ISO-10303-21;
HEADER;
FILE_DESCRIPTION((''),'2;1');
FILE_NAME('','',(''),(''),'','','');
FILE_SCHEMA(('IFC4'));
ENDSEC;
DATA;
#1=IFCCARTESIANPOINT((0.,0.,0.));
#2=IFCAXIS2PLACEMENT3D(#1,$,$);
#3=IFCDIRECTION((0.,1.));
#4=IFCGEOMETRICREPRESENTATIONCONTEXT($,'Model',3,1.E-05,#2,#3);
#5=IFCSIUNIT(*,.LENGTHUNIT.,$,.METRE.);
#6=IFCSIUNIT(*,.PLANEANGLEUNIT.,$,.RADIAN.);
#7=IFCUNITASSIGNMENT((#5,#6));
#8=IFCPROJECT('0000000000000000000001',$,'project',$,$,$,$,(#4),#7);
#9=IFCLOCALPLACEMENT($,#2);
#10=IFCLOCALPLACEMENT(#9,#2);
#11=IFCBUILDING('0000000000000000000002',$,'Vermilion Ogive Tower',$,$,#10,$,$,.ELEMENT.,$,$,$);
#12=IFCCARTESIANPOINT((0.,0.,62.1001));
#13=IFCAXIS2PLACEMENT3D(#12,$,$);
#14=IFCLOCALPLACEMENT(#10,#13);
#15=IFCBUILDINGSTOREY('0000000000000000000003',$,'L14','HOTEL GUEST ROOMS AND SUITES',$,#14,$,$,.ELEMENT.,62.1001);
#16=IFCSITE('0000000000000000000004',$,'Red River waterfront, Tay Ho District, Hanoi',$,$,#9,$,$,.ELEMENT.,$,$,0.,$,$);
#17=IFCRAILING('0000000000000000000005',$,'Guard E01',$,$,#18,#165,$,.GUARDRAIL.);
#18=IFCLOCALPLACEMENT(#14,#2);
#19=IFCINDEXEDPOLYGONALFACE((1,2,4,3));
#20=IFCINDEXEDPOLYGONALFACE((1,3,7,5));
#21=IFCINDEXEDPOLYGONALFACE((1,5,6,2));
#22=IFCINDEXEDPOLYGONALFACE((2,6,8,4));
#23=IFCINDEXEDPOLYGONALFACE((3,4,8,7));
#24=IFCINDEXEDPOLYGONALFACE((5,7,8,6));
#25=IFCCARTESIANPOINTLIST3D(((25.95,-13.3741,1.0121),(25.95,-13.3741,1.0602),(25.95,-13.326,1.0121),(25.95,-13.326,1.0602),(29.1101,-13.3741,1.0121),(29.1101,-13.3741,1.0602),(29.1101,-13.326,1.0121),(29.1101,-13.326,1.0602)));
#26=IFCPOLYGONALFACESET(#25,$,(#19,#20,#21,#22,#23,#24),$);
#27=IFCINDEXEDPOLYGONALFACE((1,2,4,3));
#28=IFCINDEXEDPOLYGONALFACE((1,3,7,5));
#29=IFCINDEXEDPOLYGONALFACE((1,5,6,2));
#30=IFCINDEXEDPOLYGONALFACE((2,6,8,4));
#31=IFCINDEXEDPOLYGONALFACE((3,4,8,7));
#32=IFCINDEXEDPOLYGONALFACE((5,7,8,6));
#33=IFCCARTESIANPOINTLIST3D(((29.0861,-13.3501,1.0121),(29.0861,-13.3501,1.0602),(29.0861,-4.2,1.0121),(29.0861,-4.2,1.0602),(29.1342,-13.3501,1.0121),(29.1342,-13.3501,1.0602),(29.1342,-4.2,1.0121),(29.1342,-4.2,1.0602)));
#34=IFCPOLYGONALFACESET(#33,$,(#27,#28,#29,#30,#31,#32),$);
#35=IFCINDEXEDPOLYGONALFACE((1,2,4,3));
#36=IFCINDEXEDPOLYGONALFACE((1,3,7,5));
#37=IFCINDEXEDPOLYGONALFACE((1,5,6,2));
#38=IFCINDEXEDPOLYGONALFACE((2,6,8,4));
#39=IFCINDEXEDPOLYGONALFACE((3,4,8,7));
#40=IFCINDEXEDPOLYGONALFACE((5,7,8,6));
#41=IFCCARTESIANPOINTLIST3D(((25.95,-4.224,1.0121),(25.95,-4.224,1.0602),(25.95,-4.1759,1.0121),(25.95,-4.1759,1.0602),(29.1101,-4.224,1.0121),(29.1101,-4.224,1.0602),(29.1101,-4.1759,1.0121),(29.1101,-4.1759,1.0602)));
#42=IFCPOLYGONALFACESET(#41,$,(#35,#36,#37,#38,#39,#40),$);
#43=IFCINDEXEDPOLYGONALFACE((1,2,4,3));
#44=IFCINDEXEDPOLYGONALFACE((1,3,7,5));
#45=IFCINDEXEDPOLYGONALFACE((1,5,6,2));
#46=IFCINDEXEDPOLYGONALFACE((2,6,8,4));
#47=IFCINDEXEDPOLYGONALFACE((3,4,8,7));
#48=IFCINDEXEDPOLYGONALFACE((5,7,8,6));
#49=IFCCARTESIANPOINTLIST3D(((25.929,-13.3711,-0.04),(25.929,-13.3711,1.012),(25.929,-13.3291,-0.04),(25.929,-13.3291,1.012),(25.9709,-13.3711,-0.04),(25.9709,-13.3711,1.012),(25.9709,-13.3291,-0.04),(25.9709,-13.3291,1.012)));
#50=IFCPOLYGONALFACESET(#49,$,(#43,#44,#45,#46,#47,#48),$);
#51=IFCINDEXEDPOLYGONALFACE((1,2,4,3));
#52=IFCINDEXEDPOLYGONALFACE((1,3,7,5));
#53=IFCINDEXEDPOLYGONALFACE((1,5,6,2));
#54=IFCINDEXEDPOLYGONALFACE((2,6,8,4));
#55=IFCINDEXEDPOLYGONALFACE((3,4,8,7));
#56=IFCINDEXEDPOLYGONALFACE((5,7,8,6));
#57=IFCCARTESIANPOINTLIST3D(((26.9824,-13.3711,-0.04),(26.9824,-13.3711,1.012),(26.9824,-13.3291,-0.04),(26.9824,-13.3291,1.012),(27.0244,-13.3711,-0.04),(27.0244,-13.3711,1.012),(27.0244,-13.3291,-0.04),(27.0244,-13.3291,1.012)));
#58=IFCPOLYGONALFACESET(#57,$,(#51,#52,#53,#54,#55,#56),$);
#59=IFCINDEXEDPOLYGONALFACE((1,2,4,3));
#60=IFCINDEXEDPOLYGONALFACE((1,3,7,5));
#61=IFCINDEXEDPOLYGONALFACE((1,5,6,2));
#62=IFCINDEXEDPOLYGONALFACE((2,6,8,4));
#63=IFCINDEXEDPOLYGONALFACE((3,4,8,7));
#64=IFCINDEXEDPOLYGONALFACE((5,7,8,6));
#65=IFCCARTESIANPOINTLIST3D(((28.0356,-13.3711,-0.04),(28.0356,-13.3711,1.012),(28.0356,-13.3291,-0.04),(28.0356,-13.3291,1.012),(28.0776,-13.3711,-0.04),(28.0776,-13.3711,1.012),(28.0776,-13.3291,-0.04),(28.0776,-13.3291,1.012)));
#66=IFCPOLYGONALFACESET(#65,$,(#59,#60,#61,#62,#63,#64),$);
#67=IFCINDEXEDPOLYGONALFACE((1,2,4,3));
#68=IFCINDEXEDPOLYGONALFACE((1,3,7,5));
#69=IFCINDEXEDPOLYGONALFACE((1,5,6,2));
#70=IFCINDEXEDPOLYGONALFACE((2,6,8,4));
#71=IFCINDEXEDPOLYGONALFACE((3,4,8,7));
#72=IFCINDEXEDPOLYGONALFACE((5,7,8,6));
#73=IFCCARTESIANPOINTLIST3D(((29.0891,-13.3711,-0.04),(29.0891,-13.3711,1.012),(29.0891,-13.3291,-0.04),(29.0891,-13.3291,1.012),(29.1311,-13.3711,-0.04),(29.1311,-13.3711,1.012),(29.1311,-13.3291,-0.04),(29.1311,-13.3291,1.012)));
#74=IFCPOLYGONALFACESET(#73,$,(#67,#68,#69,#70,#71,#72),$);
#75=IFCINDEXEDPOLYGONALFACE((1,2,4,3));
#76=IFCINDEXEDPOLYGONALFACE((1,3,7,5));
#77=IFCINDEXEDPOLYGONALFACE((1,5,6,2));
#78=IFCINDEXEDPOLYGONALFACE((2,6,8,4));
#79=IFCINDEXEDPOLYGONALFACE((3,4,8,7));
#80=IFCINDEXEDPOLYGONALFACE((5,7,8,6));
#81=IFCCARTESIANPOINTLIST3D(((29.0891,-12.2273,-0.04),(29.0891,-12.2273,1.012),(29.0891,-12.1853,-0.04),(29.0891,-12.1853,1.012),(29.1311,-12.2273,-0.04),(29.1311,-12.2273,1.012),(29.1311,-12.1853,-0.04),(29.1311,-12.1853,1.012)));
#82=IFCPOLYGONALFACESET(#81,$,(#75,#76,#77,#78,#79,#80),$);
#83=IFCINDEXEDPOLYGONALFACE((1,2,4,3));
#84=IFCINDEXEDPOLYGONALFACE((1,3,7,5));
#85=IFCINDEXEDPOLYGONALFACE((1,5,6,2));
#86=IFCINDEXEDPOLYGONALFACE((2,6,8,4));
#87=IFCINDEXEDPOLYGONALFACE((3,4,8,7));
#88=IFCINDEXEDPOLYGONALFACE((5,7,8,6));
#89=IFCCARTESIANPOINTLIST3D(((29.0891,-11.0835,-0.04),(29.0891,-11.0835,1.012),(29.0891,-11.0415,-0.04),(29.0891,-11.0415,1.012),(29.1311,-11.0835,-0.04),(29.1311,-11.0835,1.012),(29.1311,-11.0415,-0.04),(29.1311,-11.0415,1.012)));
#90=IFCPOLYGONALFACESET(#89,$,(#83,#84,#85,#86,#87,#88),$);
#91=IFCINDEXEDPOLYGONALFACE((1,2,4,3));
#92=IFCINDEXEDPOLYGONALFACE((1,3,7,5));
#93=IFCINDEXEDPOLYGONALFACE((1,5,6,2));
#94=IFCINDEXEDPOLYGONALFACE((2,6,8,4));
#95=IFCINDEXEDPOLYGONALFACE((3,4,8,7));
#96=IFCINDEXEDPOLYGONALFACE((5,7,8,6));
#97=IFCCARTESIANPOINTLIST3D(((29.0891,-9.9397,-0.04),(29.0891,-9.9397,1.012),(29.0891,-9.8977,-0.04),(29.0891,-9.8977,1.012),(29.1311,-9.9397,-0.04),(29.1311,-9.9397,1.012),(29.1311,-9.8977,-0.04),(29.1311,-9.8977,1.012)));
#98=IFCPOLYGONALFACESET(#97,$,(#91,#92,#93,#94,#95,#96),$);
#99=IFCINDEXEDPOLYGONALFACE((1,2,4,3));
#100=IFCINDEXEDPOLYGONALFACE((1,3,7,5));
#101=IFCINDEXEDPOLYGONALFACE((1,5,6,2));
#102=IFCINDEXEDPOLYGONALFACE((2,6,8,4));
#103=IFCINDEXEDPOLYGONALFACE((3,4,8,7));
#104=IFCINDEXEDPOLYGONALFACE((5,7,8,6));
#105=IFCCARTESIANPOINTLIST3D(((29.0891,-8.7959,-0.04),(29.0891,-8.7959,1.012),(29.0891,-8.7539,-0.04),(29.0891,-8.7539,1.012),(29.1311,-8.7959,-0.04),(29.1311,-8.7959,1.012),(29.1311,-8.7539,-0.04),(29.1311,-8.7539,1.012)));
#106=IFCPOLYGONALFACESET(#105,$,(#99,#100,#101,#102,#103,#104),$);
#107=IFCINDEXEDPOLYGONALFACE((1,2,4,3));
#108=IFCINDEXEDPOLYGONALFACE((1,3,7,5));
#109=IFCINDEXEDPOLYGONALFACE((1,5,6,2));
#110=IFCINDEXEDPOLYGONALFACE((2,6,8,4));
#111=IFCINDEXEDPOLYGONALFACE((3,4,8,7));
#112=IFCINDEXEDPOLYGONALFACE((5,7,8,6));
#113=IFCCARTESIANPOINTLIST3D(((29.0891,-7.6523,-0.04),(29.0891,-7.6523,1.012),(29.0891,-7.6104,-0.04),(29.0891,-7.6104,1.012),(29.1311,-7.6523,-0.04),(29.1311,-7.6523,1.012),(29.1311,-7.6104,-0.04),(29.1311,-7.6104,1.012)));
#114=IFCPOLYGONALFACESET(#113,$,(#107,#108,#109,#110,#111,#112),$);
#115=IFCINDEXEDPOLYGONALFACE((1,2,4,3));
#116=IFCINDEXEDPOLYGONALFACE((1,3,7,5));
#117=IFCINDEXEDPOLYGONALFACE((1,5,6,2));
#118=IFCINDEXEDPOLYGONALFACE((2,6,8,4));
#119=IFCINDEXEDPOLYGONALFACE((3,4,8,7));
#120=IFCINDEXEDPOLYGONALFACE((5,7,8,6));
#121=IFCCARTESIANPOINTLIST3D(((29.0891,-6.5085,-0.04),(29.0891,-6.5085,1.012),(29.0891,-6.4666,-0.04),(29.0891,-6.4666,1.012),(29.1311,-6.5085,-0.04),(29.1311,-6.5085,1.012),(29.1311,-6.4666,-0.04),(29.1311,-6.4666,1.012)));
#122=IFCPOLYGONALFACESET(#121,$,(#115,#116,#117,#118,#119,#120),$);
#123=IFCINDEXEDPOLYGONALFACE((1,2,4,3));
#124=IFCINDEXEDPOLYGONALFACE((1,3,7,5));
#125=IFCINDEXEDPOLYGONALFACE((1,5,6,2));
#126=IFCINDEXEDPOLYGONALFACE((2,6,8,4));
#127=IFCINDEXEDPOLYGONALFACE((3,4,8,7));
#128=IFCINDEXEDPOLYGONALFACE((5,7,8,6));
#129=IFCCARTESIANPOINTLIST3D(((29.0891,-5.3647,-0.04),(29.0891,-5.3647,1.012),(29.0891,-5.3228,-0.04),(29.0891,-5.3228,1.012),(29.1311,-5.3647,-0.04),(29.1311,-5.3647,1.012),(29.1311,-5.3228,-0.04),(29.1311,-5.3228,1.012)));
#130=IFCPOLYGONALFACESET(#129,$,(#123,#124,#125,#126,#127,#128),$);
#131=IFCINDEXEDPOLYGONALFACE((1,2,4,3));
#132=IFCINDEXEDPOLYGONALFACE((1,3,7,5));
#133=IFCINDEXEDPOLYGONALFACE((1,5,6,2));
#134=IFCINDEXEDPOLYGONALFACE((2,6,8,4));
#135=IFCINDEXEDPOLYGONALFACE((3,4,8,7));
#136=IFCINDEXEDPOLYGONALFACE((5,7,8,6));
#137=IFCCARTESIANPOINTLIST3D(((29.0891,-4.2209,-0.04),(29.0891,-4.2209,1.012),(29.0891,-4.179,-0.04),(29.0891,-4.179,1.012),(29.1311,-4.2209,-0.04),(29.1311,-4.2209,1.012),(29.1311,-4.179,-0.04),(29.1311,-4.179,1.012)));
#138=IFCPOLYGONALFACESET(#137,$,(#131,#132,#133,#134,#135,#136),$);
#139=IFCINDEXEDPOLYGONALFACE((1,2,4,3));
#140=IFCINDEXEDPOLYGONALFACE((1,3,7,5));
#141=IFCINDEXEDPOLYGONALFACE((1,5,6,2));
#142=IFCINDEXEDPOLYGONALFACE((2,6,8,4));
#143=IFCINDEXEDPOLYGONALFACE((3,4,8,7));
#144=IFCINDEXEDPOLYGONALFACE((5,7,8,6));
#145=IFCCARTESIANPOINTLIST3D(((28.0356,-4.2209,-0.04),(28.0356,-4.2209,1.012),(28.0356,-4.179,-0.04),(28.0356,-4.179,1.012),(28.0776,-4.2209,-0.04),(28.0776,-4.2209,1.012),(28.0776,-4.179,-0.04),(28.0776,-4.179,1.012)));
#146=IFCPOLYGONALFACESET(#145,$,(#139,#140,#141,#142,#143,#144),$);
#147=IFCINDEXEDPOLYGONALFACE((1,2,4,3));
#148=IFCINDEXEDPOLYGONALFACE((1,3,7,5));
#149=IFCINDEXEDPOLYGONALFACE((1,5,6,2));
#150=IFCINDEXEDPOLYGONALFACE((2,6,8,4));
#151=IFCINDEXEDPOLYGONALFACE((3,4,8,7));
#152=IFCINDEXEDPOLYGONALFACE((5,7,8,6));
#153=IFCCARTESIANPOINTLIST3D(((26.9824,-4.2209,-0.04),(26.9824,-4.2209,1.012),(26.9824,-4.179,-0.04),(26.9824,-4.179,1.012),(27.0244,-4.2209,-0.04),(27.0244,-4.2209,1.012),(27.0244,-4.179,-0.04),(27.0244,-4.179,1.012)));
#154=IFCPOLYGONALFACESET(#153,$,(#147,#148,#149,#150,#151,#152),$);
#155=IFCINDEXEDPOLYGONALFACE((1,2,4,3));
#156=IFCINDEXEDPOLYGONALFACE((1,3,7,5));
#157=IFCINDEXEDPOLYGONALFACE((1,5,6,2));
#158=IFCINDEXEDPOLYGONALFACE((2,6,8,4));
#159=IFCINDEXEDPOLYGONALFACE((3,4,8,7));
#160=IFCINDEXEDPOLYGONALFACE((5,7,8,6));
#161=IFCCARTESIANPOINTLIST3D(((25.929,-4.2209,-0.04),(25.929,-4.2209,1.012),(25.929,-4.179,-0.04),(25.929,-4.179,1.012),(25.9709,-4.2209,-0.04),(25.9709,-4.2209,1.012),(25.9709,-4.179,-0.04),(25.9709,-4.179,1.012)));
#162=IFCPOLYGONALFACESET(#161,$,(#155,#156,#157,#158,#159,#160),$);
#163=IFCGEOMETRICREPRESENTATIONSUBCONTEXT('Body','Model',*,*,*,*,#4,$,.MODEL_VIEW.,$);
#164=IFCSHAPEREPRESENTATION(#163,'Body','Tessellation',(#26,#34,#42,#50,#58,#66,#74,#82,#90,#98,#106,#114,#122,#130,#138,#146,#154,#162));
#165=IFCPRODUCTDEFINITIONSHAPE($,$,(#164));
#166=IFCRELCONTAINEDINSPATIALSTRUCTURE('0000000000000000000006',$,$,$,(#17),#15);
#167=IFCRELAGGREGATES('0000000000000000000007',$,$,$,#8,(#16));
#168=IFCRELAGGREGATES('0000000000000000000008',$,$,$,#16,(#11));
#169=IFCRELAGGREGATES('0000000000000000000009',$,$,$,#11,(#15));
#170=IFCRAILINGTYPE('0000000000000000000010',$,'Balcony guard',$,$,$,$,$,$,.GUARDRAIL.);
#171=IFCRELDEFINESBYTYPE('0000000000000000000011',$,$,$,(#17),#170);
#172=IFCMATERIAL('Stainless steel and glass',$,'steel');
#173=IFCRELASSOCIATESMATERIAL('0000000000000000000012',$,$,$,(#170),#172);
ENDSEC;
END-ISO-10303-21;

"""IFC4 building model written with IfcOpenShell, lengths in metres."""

from ifc_helpers import new_model, si_unit, direction, frame, origin, origin_2d, place, context, subcontext, project, spatial, rectangle, extrude, material, type_object, element, save


model = new_model("IFC4")

# Units and contexts
model_context = context("Model", 3, precision=1e-05, world=origin(), true_north=direction((0.0, 1.0)))
body_context = subcontext(model_context, "Body", "Model", "MODEL_VIEW")
ifc_project = project(units=[si_unit("LENGTHUNIT", "METRE"), si_unit("PLANEANGLEUNIT", "RADIAN")], contexts=[model_context])

# Site, building, storey
site_placement = place(None, origin())
site = spatial("IfcSite", under=ifc_project, at=site_placement, Name="Red River waterfront, Tay Ho District, Hanoi", CompositionType="ELEMENT", RefElevation=0.0)
building_placement = place(site_placement, origin())
building = spatial("IfcBuilding", under=site, at=building_placement, Name="Vermilion Ogive Tower", CompositionType="ELEMENT")
storey_placement = place(building_placement, frame((0.0, 0.0, 62.1001)))
storey = spatial("IfcBuildingStorey", under=building, at=storey_placement, Name="L14", Description="HOTEL GUEST ROOMS AND SUITES", CompositionType="ELEMENT", Elevation=62.1001)

# Railing
ifc_material_1 = material(Name="Stainless steel and glass", Category="steel")
railing_type_1 = type_object("IfcRailingType", Name="Balcony guard", PredefinedType="GUARDRAIL", material=ifc_material_1)
railing_1_placement = place(storey_placement, frame((25.95, -13.3501, -0.04)))
element("IfcRailing", 1, at=railing_1_placement, inside=storey, type_object=railing_type_1, Name="Guard E01", PredefinedType="GUARDRAIL", context=body_context, shape_type="SweptSolid", body=[
    extrude(rectangle(XDim=0.0481, YDim=0.0481, at=origin_2d()), frame((0.0, 0.0, 1.0762), z_axis=(1.0, 0.0, 0.0), x_axis=(0.0, 1.0, 0.0)), (0.0, 0.0, 1.0), 3.1602),
    extrude(rectangle(XDim=0.0481, YDim=0.0481, at=origin_2d()), frame((3.1602, 0.0, 1.0762), z_axis=(0.0, 1.0, 0.0), x_axis=(-1.0, 0.0, 0.0)), (0.0, 0.0, 1.0), 9.1501),
    extrude(rectangle(XDim=0.0481, YDim=0.0481, at=origin_2d()), frame((3.1602, 9.1501, 1.0762), z_axis=(-1.0, 0.0, 0.0), x_axis=(0.0, -1.0, 0.0)), (0.0, 0.0, 1.0), 3.1602),
    extrude(rectangle(XDim=0.042, YDim=0.042, at=origin_2d()), origin(), (0.0, 0.0, 1.0), 1.052),
    extrude(rectangle(XDim=0.042, YDim=0.042, at=origin_2d()), frame((1.0535, 0.0, 0.0)), (0.0, 0.0, 1.0), 1.052),
    extrude(rectangle(XDim=0.042, YDim=0.042, at=origin_2d()), frame((2.1067, 0.0, 0.0)), (0.0, 0.0, 1.0), 1.052),
    extrude(rectangle(XDim=0.042, YDim=0.042, at=origin_2d()), frame((3.1602, 0.0, 0.0)), (0.0, 0.0, 1.0), 1.052),
    extrude(rectangle(XDim=0.042, YDim=0.042, at=origin_2d()), frame((3.1602, 1.1438, 0.0)), (0.0, 0.0, 1.0), 1.052),
    extrude(rectangle(XDim=0.042, YDim=0.042, at=origin_2d()), frame((3.1602, 2.2876, 0.0)), (0.0, 0.0, 1.0), 1.052),
    extrude(rectangle(XDim=0.042, YDim=0.042, at=origin_2d()), frame((3.1602, 3.4314, 0.0)), (0.0, 0.0, 1.0), 1.052),
    extrude(rectangle(XDim=0.042, YDim=0.042, at=origin_2d()), frame((3.1602, 4.5752, 0.0)), (0.0, 0.0, 1.0), 1.052),
    extrude(rectangle(XDim=0.042, YDim=0.042, at=origin_2d()), frame((3.1602, 5.7188, 0.0)), (0.0, 0.0, 1.0), 1.052),
    extrude(rectangle(XDim=0.042, YDim=0.042, at=origin_2d()), frame((3.1602, 6.8625, 0.0)), (0.0, 0.0, 1.0), 1.052),
    extrude(rectangle(XDim=0.042, YDim=0.042, at=origin_2d()), frame((3.1602, 8.0063, 0.0)), (0.0, 0.0, 1.0), 1.052),
    extrude(rectangle(XDim=0.042, YDim=0.042, at=origin_2d()), frame((3.1602, 9.1501, 0.0)), (0.0, 0.0, 1.0), 1.052),
    extrude(rectangle(XDim=0.042, YDim=0.042, at=origin_2d()), frame((2.1067, 9.1501, 0.0)), (0.0, 0.0, 1.0), 1.052),
    extrude(rectangle(XDim=0.042, YDim=0.042, at=origin_2d()), frame((1.0535, 9.1501, 0.0)), (0.0, 0.0, 1.0), 1.052),
    extrude(rectangle(XDim=0.042, YDim=0.042, at=origin_2d()), frame((0.0, 9.1501, 0.0)), (0.0, 0.0, 1.0), 1.052),
])

save(model, "model.ifc")
